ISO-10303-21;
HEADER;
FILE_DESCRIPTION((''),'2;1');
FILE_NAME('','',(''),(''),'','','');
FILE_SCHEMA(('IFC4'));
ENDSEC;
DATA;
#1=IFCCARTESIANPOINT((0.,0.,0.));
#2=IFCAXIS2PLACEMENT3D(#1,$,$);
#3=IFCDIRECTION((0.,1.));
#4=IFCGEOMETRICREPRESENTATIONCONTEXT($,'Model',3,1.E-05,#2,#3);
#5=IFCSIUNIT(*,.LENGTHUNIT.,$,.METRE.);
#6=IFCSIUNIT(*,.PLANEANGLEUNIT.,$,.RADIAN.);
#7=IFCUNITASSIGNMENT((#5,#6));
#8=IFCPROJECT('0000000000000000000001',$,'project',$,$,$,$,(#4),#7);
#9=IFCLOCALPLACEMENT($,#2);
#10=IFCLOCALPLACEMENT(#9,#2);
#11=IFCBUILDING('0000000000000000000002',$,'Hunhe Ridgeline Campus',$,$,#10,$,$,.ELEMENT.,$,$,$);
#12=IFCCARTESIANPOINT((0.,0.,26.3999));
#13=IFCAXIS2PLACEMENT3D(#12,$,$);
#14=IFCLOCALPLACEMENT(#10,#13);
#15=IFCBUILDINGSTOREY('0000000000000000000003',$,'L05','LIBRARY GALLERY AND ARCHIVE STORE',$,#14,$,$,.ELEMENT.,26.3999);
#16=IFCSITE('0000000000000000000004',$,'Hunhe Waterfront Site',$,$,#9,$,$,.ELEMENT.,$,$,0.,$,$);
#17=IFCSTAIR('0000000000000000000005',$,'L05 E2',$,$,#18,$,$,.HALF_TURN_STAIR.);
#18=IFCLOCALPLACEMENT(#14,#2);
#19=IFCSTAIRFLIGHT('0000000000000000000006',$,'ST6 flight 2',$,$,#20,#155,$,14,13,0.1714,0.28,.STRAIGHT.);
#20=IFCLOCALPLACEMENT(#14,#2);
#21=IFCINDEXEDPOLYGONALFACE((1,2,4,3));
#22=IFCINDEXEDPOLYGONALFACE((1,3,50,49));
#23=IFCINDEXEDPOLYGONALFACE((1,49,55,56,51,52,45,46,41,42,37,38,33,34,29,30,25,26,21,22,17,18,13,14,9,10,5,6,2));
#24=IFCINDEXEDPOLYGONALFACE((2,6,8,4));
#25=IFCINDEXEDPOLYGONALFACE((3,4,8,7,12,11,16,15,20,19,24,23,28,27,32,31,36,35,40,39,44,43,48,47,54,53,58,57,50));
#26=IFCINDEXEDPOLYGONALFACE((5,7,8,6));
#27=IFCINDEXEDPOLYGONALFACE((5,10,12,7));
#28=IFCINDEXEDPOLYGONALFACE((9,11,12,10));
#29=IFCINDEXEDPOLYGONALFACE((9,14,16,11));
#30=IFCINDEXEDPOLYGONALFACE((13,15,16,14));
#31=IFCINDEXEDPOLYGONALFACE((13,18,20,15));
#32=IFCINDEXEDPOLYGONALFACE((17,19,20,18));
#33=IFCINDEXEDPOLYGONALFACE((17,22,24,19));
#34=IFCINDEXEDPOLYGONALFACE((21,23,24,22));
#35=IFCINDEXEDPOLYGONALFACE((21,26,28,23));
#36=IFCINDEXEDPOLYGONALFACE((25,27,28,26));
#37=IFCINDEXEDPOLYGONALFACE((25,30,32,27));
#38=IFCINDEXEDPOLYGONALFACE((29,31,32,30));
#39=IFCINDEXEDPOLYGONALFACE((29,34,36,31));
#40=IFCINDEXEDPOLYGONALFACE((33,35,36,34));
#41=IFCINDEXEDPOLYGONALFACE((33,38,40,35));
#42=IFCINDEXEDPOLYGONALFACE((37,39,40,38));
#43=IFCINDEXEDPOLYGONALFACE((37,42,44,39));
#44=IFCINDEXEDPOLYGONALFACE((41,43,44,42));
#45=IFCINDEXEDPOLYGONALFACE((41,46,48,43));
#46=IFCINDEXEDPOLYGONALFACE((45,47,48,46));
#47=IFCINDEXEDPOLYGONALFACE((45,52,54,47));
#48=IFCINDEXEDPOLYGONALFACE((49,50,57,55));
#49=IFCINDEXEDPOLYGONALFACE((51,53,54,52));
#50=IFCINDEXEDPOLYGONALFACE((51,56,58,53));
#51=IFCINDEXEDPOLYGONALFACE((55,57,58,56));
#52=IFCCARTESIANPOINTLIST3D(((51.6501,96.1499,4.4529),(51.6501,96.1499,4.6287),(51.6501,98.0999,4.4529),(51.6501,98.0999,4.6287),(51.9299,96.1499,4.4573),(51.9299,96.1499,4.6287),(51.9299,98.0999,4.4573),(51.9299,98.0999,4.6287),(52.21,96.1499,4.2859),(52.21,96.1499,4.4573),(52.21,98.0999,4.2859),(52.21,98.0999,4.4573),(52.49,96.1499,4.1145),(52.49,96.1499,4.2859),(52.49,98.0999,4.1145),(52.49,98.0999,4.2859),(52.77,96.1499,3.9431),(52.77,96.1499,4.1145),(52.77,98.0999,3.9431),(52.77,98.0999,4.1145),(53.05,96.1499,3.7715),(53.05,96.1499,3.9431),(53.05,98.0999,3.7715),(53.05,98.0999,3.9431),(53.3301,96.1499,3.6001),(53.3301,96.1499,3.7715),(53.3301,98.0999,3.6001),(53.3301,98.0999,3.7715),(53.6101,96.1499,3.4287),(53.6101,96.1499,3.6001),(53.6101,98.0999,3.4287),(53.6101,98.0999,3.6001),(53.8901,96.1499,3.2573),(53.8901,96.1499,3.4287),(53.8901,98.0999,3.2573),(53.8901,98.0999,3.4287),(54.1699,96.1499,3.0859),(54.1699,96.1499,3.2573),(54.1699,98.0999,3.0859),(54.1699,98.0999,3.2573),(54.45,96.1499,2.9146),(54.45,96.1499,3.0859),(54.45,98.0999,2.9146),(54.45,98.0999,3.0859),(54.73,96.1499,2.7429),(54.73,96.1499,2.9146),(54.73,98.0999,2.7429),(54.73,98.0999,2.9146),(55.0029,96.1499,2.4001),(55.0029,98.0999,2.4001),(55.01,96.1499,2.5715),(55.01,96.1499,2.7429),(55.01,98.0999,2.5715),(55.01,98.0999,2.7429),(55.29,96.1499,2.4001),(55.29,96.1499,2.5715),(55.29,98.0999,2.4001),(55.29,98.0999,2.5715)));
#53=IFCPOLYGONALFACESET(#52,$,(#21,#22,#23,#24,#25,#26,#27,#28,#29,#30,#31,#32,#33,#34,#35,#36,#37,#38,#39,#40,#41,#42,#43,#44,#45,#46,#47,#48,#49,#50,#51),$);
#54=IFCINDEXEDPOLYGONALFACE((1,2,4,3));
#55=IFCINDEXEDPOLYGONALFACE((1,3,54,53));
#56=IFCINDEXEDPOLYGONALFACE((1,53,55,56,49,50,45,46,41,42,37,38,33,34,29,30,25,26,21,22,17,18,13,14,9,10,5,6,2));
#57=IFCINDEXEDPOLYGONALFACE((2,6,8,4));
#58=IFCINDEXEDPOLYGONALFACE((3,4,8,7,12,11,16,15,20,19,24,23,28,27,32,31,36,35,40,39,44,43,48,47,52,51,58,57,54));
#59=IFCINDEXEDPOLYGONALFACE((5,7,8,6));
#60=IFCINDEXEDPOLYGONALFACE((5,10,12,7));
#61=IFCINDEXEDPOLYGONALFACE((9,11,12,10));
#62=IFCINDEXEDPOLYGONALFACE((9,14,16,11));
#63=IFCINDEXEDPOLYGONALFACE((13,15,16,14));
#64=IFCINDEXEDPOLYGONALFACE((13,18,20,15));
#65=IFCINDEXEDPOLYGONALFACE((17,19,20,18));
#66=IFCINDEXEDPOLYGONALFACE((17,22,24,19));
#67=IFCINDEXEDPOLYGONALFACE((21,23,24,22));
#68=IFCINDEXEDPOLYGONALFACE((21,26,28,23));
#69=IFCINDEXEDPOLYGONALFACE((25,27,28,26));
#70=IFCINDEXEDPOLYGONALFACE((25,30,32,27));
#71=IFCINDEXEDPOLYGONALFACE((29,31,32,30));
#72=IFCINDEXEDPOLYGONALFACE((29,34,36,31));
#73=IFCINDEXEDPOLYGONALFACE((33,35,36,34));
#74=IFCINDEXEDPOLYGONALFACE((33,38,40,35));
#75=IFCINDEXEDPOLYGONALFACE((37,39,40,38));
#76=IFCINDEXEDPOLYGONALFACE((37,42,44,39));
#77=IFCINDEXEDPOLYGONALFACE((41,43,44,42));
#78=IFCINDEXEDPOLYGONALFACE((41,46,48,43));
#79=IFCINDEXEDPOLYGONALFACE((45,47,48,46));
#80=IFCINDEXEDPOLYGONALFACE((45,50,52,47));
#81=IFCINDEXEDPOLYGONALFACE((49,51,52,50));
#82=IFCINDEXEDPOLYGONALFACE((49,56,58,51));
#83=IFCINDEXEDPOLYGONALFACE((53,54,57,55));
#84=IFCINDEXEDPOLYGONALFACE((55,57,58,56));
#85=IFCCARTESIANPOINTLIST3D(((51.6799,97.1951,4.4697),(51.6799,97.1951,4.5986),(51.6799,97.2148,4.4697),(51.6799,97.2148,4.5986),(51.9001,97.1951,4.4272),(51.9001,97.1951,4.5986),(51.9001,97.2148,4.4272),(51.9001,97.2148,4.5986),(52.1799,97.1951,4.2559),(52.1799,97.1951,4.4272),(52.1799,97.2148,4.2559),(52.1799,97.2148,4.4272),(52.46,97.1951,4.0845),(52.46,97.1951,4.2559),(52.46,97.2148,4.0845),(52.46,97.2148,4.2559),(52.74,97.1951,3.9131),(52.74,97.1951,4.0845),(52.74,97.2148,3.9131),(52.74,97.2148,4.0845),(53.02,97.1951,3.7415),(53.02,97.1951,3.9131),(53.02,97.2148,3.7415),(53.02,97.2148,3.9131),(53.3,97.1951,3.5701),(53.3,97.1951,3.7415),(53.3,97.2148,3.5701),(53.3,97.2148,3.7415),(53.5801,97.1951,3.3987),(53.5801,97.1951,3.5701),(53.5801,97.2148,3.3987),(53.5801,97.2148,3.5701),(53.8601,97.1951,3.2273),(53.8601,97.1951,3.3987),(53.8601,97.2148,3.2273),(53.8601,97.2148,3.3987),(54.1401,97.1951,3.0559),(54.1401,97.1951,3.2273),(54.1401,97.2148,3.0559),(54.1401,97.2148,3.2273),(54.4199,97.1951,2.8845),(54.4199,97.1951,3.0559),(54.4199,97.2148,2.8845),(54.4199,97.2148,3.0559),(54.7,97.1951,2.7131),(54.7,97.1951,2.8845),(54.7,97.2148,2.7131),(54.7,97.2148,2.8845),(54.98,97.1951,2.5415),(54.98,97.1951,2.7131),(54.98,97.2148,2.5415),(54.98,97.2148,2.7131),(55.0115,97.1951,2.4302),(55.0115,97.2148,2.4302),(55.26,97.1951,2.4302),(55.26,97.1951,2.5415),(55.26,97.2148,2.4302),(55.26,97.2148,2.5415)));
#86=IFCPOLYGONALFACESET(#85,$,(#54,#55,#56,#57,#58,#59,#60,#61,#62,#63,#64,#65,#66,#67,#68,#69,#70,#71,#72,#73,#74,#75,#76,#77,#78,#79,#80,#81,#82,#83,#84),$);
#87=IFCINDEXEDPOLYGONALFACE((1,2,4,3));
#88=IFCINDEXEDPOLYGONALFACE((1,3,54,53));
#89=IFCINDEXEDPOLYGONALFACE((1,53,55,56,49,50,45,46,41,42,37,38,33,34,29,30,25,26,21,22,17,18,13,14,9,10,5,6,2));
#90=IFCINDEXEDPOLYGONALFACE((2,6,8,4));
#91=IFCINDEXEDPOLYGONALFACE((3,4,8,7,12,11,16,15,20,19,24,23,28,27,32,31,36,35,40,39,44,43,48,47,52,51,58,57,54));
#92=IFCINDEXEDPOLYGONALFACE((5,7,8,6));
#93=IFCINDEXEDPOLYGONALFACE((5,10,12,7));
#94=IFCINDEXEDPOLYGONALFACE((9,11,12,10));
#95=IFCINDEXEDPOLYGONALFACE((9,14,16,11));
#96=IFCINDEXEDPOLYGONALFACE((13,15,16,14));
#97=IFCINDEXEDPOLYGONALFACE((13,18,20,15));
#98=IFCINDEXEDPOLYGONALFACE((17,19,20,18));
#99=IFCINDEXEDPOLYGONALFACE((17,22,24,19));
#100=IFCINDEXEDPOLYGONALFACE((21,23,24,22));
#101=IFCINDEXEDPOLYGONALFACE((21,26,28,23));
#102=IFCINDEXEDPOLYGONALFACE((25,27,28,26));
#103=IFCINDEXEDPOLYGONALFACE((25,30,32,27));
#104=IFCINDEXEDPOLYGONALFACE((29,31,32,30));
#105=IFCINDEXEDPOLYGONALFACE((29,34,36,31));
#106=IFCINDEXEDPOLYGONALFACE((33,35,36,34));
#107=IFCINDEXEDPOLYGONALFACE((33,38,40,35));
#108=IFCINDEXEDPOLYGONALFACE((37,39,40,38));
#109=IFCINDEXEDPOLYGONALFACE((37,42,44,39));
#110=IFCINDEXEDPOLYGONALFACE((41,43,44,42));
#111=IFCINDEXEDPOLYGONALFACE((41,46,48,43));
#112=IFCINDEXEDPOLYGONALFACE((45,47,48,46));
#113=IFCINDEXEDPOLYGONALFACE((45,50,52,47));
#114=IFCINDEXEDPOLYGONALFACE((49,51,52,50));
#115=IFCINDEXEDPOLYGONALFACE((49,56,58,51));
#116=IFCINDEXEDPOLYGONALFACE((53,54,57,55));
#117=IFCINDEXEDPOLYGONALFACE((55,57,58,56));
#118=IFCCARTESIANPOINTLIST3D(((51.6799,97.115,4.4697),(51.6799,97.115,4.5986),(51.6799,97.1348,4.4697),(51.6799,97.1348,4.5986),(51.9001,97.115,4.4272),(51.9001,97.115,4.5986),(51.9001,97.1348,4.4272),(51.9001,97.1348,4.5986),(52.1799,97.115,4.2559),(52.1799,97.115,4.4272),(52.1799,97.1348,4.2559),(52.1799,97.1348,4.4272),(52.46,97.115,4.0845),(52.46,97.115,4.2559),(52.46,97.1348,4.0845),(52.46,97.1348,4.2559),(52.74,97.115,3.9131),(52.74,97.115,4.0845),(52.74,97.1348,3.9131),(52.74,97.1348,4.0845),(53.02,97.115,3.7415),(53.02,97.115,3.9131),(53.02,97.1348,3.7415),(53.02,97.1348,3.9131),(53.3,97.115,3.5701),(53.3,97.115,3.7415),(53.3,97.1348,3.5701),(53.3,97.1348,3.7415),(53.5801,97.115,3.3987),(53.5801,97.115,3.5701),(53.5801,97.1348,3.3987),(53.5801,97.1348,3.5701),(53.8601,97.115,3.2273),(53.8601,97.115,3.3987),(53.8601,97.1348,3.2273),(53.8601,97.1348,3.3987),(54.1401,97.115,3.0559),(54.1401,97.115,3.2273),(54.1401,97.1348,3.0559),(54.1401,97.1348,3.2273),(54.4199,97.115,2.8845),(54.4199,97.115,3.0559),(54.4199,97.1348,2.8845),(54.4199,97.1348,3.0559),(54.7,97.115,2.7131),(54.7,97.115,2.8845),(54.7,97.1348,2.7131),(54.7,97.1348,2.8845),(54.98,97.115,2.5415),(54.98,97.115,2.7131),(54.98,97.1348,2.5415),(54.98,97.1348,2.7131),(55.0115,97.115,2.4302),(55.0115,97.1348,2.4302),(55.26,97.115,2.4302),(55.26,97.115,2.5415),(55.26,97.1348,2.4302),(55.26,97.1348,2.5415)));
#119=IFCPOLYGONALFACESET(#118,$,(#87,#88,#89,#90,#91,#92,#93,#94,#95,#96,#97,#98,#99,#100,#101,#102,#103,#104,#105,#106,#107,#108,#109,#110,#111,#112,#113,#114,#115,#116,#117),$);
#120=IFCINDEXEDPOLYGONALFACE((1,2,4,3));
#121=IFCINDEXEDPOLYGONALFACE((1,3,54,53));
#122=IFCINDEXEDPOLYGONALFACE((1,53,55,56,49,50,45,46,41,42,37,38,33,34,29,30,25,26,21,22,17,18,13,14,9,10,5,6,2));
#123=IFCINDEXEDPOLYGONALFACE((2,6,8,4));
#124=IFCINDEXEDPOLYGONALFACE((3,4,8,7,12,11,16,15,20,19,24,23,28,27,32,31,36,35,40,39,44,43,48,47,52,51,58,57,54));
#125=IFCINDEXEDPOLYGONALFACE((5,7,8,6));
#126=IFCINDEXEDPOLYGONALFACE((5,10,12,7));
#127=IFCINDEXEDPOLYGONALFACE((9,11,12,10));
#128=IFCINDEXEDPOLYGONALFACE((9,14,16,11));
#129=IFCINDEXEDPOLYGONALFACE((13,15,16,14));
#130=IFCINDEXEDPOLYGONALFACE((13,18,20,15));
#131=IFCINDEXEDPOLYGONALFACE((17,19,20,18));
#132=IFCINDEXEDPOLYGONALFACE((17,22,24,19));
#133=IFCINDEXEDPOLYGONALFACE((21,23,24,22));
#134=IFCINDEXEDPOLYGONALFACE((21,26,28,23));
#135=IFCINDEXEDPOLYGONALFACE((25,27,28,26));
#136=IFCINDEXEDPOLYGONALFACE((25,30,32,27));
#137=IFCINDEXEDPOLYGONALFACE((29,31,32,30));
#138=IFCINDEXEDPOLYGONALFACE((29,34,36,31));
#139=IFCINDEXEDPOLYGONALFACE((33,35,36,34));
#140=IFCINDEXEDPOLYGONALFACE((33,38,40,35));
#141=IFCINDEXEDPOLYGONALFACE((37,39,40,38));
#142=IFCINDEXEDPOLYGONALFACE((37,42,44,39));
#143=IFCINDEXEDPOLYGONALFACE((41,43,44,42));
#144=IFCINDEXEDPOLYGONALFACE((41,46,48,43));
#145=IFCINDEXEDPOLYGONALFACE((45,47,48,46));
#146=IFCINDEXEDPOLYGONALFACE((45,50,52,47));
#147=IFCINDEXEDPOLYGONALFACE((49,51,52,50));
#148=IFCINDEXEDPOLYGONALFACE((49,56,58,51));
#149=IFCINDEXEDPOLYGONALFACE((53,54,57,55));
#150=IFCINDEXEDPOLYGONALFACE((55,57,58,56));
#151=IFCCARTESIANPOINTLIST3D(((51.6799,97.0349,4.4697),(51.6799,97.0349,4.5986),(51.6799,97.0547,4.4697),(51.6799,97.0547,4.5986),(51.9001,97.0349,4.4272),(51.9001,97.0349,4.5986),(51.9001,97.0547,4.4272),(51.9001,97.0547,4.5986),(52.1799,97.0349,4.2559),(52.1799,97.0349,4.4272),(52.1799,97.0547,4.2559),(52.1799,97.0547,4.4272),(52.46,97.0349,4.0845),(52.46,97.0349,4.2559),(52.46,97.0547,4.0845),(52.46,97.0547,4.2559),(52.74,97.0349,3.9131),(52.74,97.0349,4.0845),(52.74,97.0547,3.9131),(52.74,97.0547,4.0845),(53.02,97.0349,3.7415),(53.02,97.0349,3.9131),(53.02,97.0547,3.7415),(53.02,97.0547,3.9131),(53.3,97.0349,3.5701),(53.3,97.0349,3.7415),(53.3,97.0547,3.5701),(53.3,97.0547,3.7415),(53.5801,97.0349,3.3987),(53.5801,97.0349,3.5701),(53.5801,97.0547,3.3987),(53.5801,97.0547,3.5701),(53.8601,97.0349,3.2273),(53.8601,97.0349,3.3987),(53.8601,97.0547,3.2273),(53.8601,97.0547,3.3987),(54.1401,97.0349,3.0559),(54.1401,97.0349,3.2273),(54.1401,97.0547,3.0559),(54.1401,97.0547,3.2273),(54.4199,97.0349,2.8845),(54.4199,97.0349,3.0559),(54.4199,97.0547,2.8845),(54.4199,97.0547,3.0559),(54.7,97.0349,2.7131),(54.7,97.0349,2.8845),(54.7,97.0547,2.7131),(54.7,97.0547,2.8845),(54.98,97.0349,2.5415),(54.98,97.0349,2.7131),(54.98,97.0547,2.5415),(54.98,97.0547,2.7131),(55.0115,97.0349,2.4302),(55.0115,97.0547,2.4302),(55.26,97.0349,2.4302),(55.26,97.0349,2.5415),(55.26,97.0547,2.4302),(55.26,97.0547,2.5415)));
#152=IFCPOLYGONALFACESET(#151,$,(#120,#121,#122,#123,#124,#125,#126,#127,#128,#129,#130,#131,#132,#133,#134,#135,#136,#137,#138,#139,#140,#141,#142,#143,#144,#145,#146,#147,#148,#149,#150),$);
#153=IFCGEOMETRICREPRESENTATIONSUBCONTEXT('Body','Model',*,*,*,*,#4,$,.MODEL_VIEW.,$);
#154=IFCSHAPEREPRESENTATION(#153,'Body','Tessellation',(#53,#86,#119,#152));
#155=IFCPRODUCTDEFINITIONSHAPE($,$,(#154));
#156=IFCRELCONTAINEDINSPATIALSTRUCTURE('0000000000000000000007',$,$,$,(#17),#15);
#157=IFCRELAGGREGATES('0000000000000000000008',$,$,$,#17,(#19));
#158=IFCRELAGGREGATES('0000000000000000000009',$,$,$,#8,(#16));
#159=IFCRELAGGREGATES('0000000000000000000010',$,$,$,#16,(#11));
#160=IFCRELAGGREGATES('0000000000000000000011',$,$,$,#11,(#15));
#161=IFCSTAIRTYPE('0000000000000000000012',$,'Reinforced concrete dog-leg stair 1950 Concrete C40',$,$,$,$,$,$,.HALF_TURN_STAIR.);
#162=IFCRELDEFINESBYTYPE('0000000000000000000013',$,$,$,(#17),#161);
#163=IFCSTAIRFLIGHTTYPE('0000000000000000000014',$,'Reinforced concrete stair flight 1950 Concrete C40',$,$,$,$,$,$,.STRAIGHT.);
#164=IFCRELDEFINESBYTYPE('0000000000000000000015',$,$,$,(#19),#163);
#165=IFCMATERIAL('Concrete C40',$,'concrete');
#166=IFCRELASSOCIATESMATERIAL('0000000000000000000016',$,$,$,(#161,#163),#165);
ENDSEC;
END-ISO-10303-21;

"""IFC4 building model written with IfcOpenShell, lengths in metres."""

from ifc_helpers import new_model, si_unit, direction, frame, origin, place, context, subcontext, project, spatial, polyline, outline, extrude, material, type_object, element, aggregate, save


model = new_model("IFC4")

# Units and contexts
model_context = context("Model", 3, precision=1e-05, world=origin(), true_north=direction((0.0, 1.0)))
body_context = subcontext(model_context, "Body", "Model", "MODEL_VIEW")
ifc_project = project(units=[si_unit("LENGTHUNIT", "METRE"), si_unit("PLANEANGLEUNIT", "RADIAN")], contexts=[model_context])

# Site, building, storey
site_placement = place(None, origin())
site = spatial("IfcSite", under=ifc_project, at=site_placement, Name="Hunhe Waterfront Site", CompositionType="ELEMENT", RefElevation=0.0)
building_placement = place(site_placement, origin())
building = spatial("IfcBuilding", under=site, at=building_placement, Name="Hunhe Ridgeline Campus", CompositionType="ELEMENT")
storey_placement = place(building_placement, frame((0.0, 0.0, 26.3999)))
storey = spatial("IfcBuildingStorey", under=building, at=storey_placement, Name="L05", Description="LIBRARY GALLERY AND ARCHIVE STORE", CompositionType="ELEMENT", Elevation=26.3999)

# Stair, stair flight
ifc_material_1 = material(Name="Concrete C40", Category="concrete")
stair_type = type_object("IfcStairType", Name="Reinforced concrete dog-leg stair 1950 Concrete C40", PredefinedType="HALF_TURN_STAIR", material=ifc_material_1)
stair_1_placement = place(storey_placement, origin())
stair_1 = element("IfcStair", 1, at=stair_1_placement, inside=storey, type_object=stair_type, Name="L05 E2", PredefinedType="HALF_TURN_STAIR")
stair_flight_type = type_object("IfcStairFlightType", Name="Reinforced concrete stair flight 1950 Concrete C40", PredefinedType="STRAIGHT", material=ifc_material_1)
stair_flight_1_placement = place(storey_placement, frame((55.29, 97.125, 2.4001), z_axis=(0.0, 0.0, 1.0), x_axis=(-1.0, 0.0, 0.0)))
stair_flight_1 = element("IfcStairFlight", 2, at=stair_flight_1_placement, type_object=stair_flight_type, Name="ST6 flight 2", NumberOfRisers=14, NumberOfTreads=13, PredefinedType="STRAIGHT", RiserHeight=0.1714, TreadLength=0.28, context=body_context, shape_type="SweptSolid", body=[
    extrude(outline(polyline([(0.0, 0.0), (0.0, 0.1714), (0.28, 0.1714), (0.28, 0.3428), (0.5601, 0.3428), (0.5601, 0.5144), (0.8401, 0.5144), (0.8401, 0.6858), (1.1201, 0.6858), (1.1201, 0.8572), (1.3999, 0.8572), (1.3999, 1.0286), (1.6799, 1.0286), (1.6799, 1.2), (1.96, 1.2), (1.96, 1.3713), (2.24, 1.3713), (2.24, 1.543), (2.52, 1.543), (2.52, 1.7144), (2.8, 1.7144), (2.8, 1.8857), (3.0801, 1.8857), (3.0801, 2.0571), (3.3601, 2.0571), (3.3601, 2.2285), (3.6399, 2.2285), (3.6399, 2.3999), (3.6399, 2.0527), (0.2871, 0.0), (0.0, 0.0)])), frame((0.0, 0.9751, 0.0), z_axis=(0.0, -1.0, 0.0), x_axis=(1.0, 0.0, 0.0)), (0.0, 0.0, 1.0), 1.95),
    extrude(outline(polyline([(0.03, 0.03), (0.03, 0.1414), (0.3101, 0.1414), (0.3101, 0.313), (0.5901, 0.313), (0.5901, 0.4844), (0.8701, 0.4844), (0.8701, 0.6558), (1.1499, 0.6558), (1.1499, 0.8271), (1.4299, 0.8271), (1.4299, 0.9985), (1.71, 0.9985), (1.71, 1.1699), (1.99, 1.1699), (1.99, 1.3413), (2.27, 1.3413), (2.27, 1.5129), (2.55, 1.5129), (2.55, 1.6843), (2.8301, 1.6843), (2.8301, 1.8557), (3.1101, 1.8557), (3.1101, 2.0271), (3.3899, 2.0271), (3.3899, 2.1985), (3.6101, 2.1985), (3.6101, 2.0696), (0.2786, 0.03), (0.03, 0.03)])), frame((0.0, -0.0701, 0.0), z_axis=(0.0, -1.0, 0.0), x_axis=(1.0, 0.0, 0.0)), (0.0, 0.0, 1.0), 0.0198),
    extrude(outline(polyline([(0.03, 0.03), (0.03, 0.1414), (0.3101, 0.1414), (0.3101, 0.313), (0.5901, 0.313), (0.5901, 0.4844), (0.8701, 0.4844), (0.8701, 0.6558), (1.1499, 0.6558), (1.1499, 0.8271), (1.4299, 0.8271), (1.4299, 0.9985), (1.71, 0.9985), (1.71, 1.1699), (1.99, 1.1699), (1.99, 1.3413), (2.27, 1.3413), (2.27, 1.5129), (2.55, 1.5129), (2.55, 1.6843), (2.8301, 1.6843), (2.8301, 1.8557), (3.1101, 1.8557), (3.1101, 2.0271), (3.3899, 2.0271), (3.3899, 2.1985), (3.6101, 2.1985), (3.6101, 2.0696), (0.2786, 0.03), (0.03, 0.03)])), frame((0.0, 0.01, 0.0), z_axis=(0.0, -1.0, 0.0), x_axis=(1.0, 0.0, 0.0)), (0.0, 0.0, 1.0), 0.0198),
    extrude(outline(polyline([(0.03, 0.03), (0.03, 0.1414), (0.3101, 0.1414), (0.3101, 0.313), (0.5901, 0.313), (0.5901, 0.4844), (0.8701, 0.4844), (0.8701, 0.6558), (1.1499, 0.6558), (1.1499, 0.8271), (1.4299, 0.8271), (1.4299, 0.9985), (1.71, 0.9985), (1.71, 1.1699), (1.99, 1.1699), (1.99, 1.3413), (2.27, 1.3413), (2.27, 1.5129), (2.55, 1.5129), (2.55, 1.6843), (2.8301, 1.6843), (2.8301, 1.8557), (3.1101, 1.8557), (3.1101, 2.0271), (3.3899, 2.0271), (3.3899, 2.1985), (3.6101, 2.1985), (3.6101, 2.0696), (0.2786, 0.03), (0.03, 0.03)])), frame((0.0, 0.0901, 0.0), z_axis=(0.0, -1.0, 0.0), x_axis=(1.0, 0.0, 0.0)), (0.0, 0.0, 1.0), 0.0198),
])
aggregate(stair_1, [stair_flight_1])

save(model, "model.ifc")
